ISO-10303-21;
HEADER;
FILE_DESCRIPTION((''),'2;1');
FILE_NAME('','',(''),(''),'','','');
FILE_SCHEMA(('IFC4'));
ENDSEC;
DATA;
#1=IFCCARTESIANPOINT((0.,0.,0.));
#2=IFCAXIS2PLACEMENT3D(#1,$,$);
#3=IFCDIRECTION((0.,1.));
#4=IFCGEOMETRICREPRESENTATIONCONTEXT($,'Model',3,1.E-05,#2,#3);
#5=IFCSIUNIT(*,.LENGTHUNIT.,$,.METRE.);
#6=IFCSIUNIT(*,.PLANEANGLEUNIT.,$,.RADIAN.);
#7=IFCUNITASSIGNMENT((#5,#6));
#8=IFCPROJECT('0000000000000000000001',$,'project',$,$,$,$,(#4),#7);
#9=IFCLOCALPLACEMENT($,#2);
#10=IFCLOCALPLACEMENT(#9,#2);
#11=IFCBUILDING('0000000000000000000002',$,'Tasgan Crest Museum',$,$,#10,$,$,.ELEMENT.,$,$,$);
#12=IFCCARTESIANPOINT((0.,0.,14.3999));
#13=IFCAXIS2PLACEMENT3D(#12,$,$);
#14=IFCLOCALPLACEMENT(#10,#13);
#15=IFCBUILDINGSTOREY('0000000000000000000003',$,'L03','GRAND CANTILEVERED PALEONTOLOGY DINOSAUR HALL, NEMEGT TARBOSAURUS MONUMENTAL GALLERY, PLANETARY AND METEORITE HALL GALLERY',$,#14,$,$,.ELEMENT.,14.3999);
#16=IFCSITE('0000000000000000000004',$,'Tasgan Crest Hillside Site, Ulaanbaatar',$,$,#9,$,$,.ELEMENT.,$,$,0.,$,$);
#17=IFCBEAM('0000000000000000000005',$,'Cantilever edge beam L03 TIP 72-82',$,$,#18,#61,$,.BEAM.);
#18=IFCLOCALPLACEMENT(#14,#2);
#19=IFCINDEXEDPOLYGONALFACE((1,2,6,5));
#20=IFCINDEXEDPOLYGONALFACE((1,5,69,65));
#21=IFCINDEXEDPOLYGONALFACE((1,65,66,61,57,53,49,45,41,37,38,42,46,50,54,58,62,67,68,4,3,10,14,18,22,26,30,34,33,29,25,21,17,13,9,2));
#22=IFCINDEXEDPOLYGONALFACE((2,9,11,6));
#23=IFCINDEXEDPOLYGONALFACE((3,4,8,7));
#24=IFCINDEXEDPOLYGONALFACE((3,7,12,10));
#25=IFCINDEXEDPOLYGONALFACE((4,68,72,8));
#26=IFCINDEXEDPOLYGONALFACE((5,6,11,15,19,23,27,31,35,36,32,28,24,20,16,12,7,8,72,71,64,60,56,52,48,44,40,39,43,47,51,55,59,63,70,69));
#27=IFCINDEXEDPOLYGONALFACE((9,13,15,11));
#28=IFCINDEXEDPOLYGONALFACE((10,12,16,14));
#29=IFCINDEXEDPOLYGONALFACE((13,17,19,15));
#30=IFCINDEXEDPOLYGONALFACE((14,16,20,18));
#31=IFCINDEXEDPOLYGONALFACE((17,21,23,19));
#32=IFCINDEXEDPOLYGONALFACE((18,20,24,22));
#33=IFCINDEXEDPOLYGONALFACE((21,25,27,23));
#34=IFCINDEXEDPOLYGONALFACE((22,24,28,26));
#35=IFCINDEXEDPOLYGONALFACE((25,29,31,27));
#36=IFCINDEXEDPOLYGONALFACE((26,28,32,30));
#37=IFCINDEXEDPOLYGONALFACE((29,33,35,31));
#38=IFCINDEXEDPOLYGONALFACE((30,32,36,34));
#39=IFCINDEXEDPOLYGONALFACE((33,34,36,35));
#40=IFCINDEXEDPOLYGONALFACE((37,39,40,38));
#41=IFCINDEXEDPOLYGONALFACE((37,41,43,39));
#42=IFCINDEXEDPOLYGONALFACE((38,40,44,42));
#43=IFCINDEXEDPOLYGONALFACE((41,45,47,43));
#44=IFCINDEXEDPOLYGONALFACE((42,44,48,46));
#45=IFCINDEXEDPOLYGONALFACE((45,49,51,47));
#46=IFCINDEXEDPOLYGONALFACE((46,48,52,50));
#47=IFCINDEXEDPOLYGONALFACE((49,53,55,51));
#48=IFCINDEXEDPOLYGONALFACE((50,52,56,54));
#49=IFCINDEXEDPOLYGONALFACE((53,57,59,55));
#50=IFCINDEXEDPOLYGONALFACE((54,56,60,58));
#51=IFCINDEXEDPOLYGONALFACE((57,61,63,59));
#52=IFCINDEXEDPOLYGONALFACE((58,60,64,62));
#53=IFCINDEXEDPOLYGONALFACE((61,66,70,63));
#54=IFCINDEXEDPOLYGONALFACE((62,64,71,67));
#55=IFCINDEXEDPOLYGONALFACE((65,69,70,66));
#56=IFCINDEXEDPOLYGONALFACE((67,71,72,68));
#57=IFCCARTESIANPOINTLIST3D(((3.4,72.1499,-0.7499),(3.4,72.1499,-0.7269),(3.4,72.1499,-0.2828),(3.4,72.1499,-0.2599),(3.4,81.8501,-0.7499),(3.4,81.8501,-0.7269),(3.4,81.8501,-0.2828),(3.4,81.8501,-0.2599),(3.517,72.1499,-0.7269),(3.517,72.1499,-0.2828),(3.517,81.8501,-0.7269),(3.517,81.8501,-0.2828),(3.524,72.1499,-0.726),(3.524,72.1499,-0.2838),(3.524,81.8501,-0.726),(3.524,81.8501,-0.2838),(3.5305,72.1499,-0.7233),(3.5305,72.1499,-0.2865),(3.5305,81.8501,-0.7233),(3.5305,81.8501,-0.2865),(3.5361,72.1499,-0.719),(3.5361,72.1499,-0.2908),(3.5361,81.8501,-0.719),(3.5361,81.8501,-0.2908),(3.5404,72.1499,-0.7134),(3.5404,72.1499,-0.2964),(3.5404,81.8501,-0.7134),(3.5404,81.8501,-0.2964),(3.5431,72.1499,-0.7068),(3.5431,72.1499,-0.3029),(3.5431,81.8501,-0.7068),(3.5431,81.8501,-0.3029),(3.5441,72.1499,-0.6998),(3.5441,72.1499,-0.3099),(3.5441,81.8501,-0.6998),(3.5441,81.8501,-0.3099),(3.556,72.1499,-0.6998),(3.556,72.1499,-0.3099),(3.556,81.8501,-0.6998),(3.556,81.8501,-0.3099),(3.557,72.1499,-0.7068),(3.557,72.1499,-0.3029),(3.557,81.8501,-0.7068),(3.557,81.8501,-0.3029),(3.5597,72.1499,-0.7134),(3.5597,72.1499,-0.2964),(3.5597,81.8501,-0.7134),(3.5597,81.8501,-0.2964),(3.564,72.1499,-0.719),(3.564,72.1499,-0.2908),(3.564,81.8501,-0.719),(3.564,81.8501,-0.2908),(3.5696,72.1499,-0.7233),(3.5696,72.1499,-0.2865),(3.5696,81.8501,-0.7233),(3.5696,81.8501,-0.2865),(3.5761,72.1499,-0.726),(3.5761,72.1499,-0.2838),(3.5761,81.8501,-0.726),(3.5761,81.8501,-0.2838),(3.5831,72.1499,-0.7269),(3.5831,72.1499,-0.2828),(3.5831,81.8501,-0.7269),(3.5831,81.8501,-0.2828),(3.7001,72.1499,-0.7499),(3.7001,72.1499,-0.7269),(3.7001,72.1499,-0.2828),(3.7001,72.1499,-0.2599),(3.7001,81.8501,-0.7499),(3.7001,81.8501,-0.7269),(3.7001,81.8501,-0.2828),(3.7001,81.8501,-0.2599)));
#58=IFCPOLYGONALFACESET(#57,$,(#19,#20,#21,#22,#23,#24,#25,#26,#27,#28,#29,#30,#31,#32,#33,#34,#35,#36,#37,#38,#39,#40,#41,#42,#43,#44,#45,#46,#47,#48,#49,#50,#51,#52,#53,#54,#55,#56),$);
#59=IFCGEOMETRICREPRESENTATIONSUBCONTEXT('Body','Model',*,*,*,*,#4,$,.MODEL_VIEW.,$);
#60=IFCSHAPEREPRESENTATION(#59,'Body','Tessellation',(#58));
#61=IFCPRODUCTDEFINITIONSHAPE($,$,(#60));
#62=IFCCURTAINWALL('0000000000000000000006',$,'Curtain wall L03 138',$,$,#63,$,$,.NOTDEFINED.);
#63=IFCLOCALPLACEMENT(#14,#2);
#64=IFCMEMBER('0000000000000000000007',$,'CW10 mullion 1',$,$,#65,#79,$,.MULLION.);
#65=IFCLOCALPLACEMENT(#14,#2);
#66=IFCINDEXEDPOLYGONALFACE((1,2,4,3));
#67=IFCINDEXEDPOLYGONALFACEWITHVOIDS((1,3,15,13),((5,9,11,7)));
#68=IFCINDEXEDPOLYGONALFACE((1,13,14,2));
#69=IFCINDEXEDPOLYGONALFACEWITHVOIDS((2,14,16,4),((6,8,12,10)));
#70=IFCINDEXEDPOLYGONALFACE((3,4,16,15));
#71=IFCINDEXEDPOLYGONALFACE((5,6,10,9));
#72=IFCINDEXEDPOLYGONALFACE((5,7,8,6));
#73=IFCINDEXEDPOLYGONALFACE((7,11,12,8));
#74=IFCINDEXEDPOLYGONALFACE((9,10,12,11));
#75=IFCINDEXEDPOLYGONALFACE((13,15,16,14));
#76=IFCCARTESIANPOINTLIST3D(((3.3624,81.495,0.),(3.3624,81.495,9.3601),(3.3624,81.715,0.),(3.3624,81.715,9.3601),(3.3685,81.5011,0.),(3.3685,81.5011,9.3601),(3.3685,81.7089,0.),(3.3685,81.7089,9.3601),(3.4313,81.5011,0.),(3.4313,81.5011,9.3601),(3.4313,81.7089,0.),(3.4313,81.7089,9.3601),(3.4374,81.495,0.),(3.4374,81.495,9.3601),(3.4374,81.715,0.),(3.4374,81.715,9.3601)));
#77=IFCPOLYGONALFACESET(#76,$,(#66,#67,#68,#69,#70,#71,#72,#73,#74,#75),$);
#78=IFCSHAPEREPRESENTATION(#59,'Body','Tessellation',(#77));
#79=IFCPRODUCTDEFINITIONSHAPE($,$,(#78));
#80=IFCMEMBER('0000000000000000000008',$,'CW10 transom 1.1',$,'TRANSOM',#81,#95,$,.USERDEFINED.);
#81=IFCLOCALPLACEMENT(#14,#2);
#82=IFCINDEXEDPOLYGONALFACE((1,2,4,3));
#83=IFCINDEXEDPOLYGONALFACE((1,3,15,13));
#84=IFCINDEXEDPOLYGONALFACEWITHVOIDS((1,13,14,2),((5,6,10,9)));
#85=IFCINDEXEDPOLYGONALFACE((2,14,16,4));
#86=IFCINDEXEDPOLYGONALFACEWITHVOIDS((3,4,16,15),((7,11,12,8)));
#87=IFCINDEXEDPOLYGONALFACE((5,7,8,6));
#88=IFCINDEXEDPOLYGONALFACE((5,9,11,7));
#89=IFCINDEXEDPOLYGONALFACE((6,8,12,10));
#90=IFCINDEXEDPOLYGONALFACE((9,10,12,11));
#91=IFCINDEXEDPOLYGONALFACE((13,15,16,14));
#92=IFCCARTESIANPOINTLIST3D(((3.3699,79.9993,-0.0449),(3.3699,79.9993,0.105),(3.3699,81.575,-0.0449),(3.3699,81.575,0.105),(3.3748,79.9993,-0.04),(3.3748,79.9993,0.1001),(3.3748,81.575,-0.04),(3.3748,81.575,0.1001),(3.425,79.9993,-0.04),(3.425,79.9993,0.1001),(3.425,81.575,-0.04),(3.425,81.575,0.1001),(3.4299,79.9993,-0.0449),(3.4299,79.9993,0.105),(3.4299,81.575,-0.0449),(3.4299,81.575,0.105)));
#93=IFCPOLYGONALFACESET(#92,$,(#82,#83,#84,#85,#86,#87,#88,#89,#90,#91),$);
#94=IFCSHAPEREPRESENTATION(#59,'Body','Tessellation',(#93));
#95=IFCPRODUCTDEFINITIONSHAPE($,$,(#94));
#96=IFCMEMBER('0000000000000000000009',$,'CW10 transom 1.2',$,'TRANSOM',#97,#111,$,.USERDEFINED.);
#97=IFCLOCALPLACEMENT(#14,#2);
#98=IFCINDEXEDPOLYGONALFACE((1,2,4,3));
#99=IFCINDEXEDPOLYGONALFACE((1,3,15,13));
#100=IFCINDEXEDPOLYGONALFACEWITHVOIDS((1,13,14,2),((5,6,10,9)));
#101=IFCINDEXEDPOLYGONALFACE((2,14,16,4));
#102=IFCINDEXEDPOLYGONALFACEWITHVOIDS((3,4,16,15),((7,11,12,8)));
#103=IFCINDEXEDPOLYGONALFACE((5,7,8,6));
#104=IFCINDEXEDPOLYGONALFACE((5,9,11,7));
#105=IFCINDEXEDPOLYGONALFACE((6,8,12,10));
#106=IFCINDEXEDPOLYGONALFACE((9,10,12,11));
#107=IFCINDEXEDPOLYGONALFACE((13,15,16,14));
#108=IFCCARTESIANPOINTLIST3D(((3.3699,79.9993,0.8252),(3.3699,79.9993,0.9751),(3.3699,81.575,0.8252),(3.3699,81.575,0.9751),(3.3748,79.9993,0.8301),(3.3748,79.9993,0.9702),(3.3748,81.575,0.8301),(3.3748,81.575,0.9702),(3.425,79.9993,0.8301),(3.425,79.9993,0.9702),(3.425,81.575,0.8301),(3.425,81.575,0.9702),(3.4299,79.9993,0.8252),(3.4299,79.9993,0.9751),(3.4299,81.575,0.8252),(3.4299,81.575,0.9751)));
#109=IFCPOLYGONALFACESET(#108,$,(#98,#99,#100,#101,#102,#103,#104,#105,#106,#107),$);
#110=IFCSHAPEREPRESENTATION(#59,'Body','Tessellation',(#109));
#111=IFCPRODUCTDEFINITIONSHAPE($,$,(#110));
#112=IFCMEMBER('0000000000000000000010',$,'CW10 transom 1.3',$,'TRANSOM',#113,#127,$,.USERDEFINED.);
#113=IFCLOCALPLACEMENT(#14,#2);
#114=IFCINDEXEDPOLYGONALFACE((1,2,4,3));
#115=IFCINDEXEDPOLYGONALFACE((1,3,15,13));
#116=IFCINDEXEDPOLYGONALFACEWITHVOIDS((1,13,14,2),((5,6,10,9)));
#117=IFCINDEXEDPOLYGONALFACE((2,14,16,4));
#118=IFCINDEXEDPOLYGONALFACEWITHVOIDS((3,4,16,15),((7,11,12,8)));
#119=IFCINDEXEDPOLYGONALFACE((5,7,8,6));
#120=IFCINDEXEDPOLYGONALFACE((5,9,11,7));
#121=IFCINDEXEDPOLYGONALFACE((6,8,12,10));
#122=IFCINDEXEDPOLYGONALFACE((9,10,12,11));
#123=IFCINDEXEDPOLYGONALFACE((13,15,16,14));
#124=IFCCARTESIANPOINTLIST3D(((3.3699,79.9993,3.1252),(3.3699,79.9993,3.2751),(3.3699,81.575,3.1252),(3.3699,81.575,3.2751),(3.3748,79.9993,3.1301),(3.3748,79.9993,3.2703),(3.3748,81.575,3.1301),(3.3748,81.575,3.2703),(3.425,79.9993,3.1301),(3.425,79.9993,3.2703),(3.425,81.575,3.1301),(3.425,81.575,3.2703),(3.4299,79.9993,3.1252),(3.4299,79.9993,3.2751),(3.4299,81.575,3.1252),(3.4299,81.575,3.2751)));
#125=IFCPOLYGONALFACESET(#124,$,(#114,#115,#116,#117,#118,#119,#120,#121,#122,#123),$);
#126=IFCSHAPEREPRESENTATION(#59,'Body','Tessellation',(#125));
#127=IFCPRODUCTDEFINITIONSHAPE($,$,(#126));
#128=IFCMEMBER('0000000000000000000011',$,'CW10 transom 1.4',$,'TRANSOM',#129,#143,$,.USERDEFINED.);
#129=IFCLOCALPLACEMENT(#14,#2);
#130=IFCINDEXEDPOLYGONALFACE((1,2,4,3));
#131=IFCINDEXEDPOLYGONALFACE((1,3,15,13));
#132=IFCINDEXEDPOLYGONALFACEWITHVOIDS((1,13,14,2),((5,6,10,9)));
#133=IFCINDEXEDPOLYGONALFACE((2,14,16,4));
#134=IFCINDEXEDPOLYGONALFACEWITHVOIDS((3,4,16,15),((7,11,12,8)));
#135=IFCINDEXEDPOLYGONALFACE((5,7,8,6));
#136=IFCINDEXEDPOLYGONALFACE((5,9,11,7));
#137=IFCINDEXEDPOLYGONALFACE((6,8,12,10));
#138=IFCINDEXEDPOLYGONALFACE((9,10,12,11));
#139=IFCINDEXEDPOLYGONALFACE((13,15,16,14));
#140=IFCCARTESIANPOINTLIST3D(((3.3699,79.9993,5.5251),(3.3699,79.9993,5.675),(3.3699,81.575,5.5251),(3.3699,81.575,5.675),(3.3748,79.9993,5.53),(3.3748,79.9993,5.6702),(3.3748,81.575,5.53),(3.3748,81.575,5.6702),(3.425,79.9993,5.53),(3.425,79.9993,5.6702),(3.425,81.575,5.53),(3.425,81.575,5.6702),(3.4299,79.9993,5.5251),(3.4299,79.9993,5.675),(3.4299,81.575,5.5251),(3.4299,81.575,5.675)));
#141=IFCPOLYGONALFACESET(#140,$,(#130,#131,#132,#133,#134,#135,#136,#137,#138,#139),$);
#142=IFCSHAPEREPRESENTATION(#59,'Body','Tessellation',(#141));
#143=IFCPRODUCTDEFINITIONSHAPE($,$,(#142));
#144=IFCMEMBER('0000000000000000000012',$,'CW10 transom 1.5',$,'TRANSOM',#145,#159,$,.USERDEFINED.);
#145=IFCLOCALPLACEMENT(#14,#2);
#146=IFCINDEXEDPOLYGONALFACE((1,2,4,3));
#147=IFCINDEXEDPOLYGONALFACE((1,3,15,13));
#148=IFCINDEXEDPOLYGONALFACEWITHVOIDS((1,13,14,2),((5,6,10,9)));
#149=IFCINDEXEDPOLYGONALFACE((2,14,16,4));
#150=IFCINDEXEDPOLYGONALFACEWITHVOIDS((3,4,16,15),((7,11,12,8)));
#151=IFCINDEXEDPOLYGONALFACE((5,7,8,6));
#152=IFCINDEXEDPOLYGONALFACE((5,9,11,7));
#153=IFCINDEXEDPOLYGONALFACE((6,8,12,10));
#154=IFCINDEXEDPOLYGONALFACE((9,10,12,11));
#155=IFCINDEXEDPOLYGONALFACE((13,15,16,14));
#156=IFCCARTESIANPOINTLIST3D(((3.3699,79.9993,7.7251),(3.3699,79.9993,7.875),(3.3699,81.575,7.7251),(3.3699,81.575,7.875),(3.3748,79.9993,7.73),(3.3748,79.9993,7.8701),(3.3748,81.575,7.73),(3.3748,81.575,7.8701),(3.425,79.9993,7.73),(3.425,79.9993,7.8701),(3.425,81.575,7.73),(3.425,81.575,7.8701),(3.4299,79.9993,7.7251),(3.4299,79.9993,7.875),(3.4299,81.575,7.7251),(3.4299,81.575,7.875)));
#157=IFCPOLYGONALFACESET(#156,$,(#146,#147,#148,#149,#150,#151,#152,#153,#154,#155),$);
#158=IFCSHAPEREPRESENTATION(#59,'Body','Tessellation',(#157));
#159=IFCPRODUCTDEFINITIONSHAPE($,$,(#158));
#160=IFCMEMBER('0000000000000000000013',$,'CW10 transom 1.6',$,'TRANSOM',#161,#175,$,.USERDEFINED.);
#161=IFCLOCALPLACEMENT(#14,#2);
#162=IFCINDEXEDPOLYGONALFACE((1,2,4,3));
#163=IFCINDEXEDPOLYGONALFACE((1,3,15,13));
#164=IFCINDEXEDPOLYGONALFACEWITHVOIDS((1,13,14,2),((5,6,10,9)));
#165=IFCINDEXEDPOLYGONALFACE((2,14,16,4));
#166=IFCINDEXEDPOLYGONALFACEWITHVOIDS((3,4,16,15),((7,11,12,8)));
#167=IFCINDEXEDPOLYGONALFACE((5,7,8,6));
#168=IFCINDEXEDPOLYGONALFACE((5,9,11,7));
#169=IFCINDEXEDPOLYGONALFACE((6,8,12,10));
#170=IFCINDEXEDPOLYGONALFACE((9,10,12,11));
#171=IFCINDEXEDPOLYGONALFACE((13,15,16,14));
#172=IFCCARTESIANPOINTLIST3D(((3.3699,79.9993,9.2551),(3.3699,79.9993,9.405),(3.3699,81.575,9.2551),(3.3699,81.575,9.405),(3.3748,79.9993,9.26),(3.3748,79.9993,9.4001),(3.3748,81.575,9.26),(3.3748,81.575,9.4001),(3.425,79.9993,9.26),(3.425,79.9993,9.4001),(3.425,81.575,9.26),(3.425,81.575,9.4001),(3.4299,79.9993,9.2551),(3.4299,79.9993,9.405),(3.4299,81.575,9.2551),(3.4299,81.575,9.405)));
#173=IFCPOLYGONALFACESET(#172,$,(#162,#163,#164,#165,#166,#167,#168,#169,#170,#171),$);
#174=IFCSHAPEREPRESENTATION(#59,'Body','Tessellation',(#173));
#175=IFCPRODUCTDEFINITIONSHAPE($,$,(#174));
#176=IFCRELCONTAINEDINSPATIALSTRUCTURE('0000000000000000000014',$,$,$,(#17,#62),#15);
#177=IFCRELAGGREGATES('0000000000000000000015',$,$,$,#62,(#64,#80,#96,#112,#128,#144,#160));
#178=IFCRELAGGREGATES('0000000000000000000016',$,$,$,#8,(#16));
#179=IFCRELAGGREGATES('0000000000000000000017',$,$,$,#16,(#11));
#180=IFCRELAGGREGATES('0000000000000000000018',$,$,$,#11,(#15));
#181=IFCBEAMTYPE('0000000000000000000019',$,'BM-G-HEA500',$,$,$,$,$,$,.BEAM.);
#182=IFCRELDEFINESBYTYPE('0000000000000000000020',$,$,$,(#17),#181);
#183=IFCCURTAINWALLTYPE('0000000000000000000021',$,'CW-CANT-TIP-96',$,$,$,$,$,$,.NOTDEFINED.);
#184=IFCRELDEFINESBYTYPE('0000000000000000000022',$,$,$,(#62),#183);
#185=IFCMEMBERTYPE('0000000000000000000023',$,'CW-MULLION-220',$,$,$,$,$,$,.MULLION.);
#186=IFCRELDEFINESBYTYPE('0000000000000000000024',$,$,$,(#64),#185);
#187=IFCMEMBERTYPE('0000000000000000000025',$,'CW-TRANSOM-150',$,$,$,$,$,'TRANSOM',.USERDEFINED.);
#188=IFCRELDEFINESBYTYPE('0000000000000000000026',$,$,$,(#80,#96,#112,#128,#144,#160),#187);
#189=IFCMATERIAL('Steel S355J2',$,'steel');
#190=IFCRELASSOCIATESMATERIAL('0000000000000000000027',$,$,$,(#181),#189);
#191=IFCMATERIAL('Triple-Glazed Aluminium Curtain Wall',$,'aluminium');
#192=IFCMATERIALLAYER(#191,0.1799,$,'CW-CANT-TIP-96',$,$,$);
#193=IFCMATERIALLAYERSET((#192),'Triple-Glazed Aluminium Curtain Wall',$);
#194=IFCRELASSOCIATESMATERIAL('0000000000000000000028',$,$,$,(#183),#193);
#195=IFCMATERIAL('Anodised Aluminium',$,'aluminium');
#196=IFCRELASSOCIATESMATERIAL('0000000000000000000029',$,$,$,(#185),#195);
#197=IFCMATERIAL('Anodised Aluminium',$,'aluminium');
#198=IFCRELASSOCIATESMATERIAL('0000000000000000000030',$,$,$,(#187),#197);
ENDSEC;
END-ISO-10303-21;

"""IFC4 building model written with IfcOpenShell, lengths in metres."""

from ifc_helpers import new_model, si_unit, direction, frame, origin, origin_2d, place, context, subcontext, project, spatial, hollow_rectangle, i_section, extrude, material, layer, layer_set, material_profile, profile_set, type_object, element, aggregate, save


model = new_model("IFC4")

# Units and contexts
model_context = context("Model", 3, precision=1e-05, world=origin(), true_north=direction((0.0, 1.0)))
body_context = subcontext(model_context, "Body", "Model", "MODEL_VIEW")
ifc_project = project(units=[si_unit("LENGTHUNIT", "METRE"), si_unit("PLANEANGLEUNIT", "RADIAN")], contexts=[model_context])

# Site, building, storey
site_placement = place(None, origin())
site = spatial("IfcSite", under=ifc_project, at=site_placement, Name="Tasgan Crest Hillside Site, Ulaanbaatar", CompositionType="ELEMENT", RefElevation=0.0)
building_placement = place(site_placement, origin())
building = spatial("IfcBuilding", under=site, at=building_placement, Name="Tasgan Crest Museum", CompositionType="ELEMENT")
storey_placement = place(building_placement, frame((0.0, 0.0, 14.3999)))
storey = spatial("IfcBuildingStorey", under=building, at=storey_placement, Name="L03", Description="GRAND CANTILEVERED PALEONTOLOGY DINOSAUR HALL, NEMEGT TARBOSAURUS MONUMENTAL GALLERY, PLANETARY AND METEORITE HALL GALLERY", CompositionType="ELEMENT", Elevation=14.3999)

# Beam
ifc_material_1 = material(Name="Steel S355J2", Category="steel")
ifc_material_profile_1 = material_profile(ifc_material_1, i_section(OverallWidth=0.3, OverallDepth=0.49, WebThickness=0.012, FlangeThickness=0.0229, FilletRadius=0.0271, at=origin_2d()), Name="HEA 500")
ifc_profile_set_1 = profile_set([ifc_material_profile_1], Name="Steel S355J2")
beam_type_1 = type_object("IfcBeamType", Name="BM-G-HEA500", PredefinedType="BEAM", material=ifc_profile_set_1)
beam_1_placement = place(storey_placement, frame((3.55, 72.1499, -0.5049), z_axis=(0.0, 1.0, 0.0), x_axis=(-1.0, 0.0, 0.0)))
element("IfcBeam", 1, at=beam_1_placement, inside=storey, type_object=beam_type_1, Name="Cantilever edge beam L03 TIP 72-82", PredefinedType="BEAM", context=body_context, shape_type="SweptSolid", body=[
    extrude(i_section(OverallWidth=0.3, OverallDepth=0.49, WebThickness=0.012, FlangeThickness=0.0229, FilletRadius=0.0271, at=origin_2d()), origin(), (0.0, 0.0, 1.0), 9.7002),
])

# Curtain wall, members
ifc_material_2 = material(Name="Triple-Glazed Aluminium Curtain Wall", Category="aluminium")
ifc_layer_1 = layer(ifc_material_2, 0.1799, Name="CW-CANT-TIP-96")
ifc_layer_set_1 = layer_set([ifc_layer_1], Name="Triple-Glazed Aluminium Curtain Wall")
curtain_wall_type = type_object("IfcCurtainWallType", Name="CW-CANT-TIP-96", PredefinedType="NOTDEFINED", material=ifc_layer_set_1)
curtain_wall_placement = place(storey_placement, origin())
curtain_wall = element("IfcCurtainWall", 2, at=curtain_wall_placement, inside=storey, type_object=curtain_wall_type, Name="Curtain wall L03 138", PredefinedType="NOTDEFINED")
ifc_material_3 = material(Name="Anodised Aluminium", Category="aluminium")
ifc_material_profile_2 = material_profile(ifc_material_3, hollow_rectangle(XDim=0.075, YDim=0.22, WallThickness=0.0061, at=origin_2d()), Name="ALU MULLION 220x75x6")
ifc_profile_set_2 = profile_set([ifc_material_profile_2], Name="Anodised Aluminium")
member_type_1 = type_object("IfcMemberType", Name="CW-MULLION-220", PredefinedType="MULLION", material=ifc_profile_set_2)
member_1_placement = place(storey_placement, frame((3.3999, 81.605, 0.0), z_axis=(0.0, 0.0, 1.0), x_axis=(1.0, 0.0, 0.0)))
member_1 = element("IfcMember", 3, at=member_1_placement, type_object=member_type_1, Name="CW10 mullion 1", PredefinedType="MULLION", context=body_context, shape_type="SweptSolid", body=[
    extrude(hollow_rectangle(XDim=0.075, YDim=0.22, WallThickness=0.0061, at=origin_2d()), origin(), (0.0, 0.0, 1.0), 9.3601),
])
ifc_material_4 = material(Name="Anodised Aluminium", Category="aluminium")
ifc_material_profile_3 = material_profile(ifc_material_4, hollow_rectangle(XDim=0.0601, YDim=0.1499, WallThickness=0.0049, at=origin_2d()), Name="ALU TRANSOM 150x60x5")
ifc_profile_set_3 = profile_set([ifc_material_profile_3], Name="Anodised Aluminium")
member_type_2 = type_object("IfcMemberType", Name="CW-TRANSOM-150", ElementType="TRANSOM", PredefinedType="USERDEFINED", material=ifc_profile_set_3)
member_2_placement = place(storey_placement, frame((3.3999, 81.575, 0.03), z_axis=(0.0, -1.0, 0.0), x_axis=(1.0, 0.0, 0.0)))
member_2 = element("IfcMember", 4, at=member_2_placement, type_object=member_type_2, Name="CW10 transom 1.1", ObjectType="TRANSOM", PredefinedType="USERDEFINED", context=body_context, shape_type="SweptSolid", body=[
    extrude(hollow_rectangle(XDim=0.0601, YDim=0.1499, WallThickness=0.0049, at=origin_2d()), origin(), (0.0, 0.0, 1.0), 1.5757),
])
member_3_placement = place(storey_placement, frame((3.3999, 81.575, 0.9001), z_axis=(0.0, -1.0, 0.0), x_axis=(1.0, 0.0, 0.0)))
member_3 = element("IfcMember", 5, at=member_3_placement, type_object=member_type_2, Name="CW10 transom 1.2", ObjectType="TRANSOM", PredefinedType="USERDEFINED", context=body_context, shape_type="SweptSolid", body=[
    extrude(hollow_rectangle(XDim=0.0601, YDim=0.1499, WallThickness=0.0049, at=origin_2d()), origin(), (0.0, 0.0, 1.0), 1.5757),
])
member_4_placement = place(storey_placement, frame((3.3999, 81.575, 3.2002), z_axis=(0.0, -1.0, 0.0), x_axis=(1.0, 0.0, 0.0)))
member_4 = element("IfcMember", 6, at=member_4_placement, type_object=member_type_2, Name="CW10 transom 1.3", ObjectType="TRANSOM", PredefinedType="USERDEFINED", context=body_context, shape_type="SweptSolid", body=[
    extrude(hollow_rectangle(XDim=0.0601, YDim=0.1499, WallThickness=0.0049, at=origin_2d()), origin(), (0.0, 0.0, 1.0), 1.5757),
])
member_5_placement = place(storey_placement, frame((3.3999, 81.575, 5.6001), z_axis=(0.0, -1.0, 0.0), x_axis=(1.0, 0.0, 0.0)))
member_5 = element("IfcMember", 7, at=member_5_placement, type_object=member_type_2, Name="CW10 transom 1.4", ObjectType="TRANSOM", PredefinedType="USERDEFINED", context=body_context, shape_type="SweptSolid", body=[
    extrude(hollow_rectangle(XDim=0.0601, YDim=0.1499, WallThickness=0.0049, at=origin_2d()), origin(), (0.0, 0.0, 1.0), 1.5757),
])
member_6_placement = place(storey_placement, frame((3.3999, 81.575, 7.8), z_axis=(0.0, -1.0, 0.0), x_axis=(1.0, 0.0, 0.0)))
member_6 = element("IfcMember", 8, at=member_6_placement, type_object=member_type_2, Name="CW10 transom 1.5", ObjectType="TRANSOM", PredefinedType="USERDEFINED", context=body_context, shape_type="SweptSolid", body=[
    extrude(hollow_rectangle(XDim=0.0601, YDim=0.1499, WallThickness=0.0049, at=origin_2d()), origin(), (0.0, 0.0, 1.0), 1.5757),
])
member_7_placement = place(storey_placement, frame((3.3999, 81.575, 9.3301), z_axis=(0.0, -1.0, 0.0), x_axis=(1.0, 0.0, 0.0)))
member_7 = element("IfcMember", 9, at=member_7_placement, type_object=member_type_2, Name="CW10 transom 1.6", ObjectType="TRANSOM", PredefinedType="USERDEFINED", context=body_context, shape_type="SweptSolid", body=[
    extrude(hollow_rectangle(XDim=0.0601, YDim=0.1499, WallThickness=0.0049, at=origin_2d()), origin(), (0.0, 0.0, 1.0), 1.5757),
])

aggregate(curtain_wall, [member_1, member_2, member_3, member_4, member_5, member_6, member_7])

save(model, "model.ifc")
